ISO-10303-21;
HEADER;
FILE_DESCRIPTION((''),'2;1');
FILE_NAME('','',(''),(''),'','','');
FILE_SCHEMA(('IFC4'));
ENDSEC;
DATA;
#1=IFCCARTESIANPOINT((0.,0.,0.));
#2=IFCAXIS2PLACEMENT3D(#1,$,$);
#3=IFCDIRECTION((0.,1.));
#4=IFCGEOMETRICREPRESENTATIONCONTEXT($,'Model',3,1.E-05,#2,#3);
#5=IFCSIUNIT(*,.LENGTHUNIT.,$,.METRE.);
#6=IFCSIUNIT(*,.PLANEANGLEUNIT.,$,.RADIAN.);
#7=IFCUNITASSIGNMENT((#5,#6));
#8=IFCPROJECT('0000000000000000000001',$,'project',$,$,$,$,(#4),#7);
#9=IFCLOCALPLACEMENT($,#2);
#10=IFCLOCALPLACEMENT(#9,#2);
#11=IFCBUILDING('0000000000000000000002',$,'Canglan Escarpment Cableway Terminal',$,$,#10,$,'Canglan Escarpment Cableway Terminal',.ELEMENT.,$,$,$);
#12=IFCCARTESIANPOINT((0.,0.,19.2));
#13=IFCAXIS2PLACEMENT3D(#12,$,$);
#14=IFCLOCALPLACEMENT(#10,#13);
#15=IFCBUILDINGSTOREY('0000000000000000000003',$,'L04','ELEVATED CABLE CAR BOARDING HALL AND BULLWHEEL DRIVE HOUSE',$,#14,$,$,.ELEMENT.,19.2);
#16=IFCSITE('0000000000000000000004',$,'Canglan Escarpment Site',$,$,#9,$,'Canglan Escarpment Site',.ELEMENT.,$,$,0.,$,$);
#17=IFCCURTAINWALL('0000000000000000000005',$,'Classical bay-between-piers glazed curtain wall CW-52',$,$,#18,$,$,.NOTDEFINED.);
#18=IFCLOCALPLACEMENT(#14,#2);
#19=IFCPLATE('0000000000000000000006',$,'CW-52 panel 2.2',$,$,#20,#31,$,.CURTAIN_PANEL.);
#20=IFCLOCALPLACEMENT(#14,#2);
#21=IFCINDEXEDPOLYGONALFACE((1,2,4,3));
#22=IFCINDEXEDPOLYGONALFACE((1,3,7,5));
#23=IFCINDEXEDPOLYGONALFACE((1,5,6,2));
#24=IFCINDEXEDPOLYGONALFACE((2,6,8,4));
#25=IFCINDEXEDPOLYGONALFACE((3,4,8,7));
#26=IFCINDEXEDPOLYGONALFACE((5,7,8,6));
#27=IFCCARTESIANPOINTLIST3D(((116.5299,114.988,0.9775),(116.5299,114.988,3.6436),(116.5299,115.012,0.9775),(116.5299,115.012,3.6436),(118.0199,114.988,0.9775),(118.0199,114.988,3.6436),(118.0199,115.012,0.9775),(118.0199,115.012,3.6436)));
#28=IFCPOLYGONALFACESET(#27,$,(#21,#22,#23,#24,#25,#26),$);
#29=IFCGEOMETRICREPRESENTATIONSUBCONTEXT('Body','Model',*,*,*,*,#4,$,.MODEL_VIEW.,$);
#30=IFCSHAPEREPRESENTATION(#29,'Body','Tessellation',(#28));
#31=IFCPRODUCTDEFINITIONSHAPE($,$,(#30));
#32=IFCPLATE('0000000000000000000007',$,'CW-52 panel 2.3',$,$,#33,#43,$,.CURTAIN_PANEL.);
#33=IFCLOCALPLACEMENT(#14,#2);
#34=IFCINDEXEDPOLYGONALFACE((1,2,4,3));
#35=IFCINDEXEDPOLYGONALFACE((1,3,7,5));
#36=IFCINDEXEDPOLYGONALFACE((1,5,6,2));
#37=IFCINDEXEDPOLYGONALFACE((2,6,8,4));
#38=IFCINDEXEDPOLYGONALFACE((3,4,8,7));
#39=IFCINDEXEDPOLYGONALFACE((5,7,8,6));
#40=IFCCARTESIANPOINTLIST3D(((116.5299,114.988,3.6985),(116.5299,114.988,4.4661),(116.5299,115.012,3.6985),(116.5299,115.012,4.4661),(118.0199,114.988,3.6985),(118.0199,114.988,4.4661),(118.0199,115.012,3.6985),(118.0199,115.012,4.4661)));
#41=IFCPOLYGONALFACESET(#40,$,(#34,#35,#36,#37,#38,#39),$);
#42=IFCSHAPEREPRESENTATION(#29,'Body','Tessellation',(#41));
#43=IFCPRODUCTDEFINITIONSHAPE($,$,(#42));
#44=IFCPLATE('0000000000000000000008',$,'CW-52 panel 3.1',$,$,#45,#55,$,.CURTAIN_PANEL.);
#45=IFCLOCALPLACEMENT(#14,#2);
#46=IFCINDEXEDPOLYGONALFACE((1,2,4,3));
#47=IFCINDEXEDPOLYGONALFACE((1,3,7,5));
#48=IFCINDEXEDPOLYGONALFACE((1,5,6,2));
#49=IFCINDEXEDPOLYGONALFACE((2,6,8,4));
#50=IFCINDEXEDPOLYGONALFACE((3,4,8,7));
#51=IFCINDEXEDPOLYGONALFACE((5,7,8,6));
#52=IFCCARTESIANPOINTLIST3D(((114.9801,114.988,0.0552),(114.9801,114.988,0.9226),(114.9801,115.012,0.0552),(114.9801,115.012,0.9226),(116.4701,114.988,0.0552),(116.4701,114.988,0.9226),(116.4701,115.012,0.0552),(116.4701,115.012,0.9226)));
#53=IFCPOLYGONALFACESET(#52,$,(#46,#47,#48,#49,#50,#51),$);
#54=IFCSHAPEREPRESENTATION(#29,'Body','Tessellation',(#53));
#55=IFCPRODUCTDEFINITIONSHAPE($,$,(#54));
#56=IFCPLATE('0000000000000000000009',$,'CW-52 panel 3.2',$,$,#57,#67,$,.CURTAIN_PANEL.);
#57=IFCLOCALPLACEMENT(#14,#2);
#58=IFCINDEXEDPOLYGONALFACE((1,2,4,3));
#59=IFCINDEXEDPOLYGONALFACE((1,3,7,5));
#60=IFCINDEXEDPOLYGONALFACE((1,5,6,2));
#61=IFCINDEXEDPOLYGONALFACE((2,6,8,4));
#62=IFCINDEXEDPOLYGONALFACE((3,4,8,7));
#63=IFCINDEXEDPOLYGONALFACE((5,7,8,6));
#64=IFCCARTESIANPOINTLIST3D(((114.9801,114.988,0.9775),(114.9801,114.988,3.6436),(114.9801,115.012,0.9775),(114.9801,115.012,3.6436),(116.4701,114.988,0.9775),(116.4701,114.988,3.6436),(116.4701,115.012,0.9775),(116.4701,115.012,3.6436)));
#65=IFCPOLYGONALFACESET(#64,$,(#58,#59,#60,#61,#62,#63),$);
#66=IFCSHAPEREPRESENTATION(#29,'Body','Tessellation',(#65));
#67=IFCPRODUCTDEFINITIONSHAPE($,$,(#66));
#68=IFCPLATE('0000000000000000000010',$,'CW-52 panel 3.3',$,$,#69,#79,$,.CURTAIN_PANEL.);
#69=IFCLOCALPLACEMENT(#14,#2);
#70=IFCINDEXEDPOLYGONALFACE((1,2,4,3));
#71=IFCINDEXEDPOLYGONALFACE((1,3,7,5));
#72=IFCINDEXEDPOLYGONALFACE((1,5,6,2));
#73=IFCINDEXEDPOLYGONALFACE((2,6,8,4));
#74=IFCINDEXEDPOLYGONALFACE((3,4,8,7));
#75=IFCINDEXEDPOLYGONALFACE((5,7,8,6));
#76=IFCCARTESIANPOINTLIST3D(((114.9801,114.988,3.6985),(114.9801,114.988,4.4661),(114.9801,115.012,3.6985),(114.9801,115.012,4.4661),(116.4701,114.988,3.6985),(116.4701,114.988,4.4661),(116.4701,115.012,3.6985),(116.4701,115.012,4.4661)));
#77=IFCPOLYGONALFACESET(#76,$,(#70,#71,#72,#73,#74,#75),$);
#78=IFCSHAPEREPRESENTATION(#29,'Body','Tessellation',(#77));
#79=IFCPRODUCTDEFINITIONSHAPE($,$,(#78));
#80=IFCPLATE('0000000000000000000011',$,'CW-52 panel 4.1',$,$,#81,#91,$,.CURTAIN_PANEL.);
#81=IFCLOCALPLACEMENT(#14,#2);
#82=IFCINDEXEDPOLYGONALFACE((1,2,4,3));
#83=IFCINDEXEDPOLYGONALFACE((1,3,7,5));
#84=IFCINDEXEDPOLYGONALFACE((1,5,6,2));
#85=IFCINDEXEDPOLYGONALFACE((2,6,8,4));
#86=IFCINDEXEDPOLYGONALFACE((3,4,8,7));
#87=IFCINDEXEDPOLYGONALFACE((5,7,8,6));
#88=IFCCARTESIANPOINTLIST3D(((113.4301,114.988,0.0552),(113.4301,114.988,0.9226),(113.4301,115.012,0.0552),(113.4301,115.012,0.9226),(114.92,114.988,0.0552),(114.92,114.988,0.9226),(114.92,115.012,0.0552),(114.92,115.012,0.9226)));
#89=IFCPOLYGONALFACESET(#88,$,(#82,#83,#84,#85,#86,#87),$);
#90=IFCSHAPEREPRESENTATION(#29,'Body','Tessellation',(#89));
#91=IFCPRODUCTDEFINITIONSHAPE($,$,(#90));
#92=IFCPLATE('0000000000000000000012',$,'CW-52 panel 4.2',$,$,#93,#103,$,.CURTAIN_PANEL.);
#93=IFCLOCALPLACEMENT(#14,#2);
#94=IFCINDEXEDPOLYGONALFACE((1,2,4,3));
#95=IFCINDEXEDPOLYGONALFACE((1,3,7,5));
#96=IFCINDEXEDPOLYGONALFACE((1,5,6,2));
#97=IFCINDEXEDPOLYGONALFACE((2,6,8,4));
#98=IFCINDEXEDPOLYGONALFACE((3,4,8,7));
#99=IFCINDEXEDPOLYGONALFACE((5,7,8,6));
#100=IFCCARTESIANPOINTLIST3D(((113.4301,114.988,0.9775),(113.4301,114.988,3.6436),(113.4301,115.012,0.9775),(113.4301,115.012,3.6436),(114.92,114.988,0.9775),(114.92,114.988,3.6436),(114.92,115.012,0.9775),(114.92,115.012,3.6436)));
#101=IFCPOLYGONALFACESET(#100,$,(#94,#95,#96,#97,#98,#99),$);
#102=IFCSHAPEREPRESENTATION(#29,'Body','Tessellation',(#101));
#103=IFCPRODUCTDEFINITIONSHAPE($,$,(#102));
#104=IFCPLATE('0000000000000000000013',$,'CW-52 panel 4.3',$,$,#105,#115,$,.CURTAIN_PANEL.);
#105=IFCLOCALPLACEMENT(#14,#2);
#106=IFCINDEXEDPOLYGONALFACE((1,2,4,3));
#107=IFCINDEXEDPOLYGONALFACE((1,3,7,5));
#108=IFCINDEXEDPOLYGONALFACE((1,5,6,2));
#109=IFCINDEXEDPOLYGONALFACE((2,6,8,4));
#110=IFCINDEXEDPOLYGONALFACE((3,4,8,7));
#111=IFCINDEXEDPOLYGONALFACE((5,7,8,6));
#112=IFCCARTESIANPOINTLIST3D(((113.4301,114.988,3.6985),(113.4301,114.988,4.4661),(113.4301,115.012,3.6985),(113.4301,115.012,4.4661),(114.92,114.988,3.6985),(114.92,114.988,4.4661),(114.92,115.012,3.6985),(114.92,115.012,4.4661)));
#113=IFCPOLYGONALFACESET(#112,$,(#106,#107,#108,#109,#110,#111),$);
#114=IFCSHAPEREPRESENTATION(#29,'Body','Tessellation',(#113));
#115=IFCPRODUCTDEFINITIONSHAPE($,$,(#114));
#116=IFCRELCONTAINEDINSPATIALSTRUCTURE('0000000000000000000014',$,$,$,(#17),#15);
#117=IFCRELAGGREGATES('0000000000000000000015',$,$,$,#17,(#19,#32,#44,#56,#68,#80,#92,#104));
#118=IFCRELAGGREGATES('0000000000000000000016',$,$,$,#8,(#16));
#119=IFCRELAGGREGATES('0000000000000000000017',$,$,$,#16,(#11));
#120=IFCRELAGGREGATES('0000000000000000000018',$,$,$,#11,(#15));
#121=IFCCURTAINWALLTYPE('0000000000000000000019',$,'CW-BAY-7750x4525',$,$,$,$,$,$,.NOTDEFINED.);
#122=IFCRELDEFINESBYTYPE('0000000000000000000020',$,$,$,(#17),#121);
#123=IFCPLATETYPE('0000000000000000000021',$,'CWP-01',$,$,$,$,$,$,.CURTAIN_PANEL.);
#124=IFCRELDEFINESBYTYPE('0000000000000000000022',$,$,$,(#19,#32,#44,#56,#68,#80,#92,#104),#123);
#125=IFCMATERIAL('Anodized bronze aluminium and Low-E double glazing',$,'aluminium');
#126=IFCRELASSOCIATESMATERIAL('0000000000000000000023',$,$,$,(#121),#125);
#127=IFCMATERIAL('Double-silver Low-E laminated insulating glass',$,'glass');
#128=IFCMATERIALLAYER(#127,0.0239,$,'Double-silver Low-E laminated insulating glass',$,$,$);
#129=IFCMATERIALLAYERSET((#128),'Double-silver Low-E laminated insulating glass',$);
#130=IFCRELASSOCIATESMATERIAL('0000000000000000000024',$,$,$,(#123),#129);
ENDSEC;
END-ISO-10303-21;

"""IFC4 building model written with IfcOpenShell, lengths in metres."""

from ifc_helpers import new_model, si_unit, direction, frame, origin, origin_2d, place, context, subcontext, project, spatial, rectangle, extrude, material, layer, layer_set, type_object, element, aggregate, save


model = new_model("IFC4")

# Units and contexts
model_context = context("Model", 3, precision=1e-05, world=origin(), true_north=direction((0.0, 1.0)))
body_context = subcontext(model_context, "Body", "Model", "MODEL_VIEW")
ifc_project = project(units=[si_unit("LENGTHUNIT", "METRE"), si_unit("PLANEANGLEUNIT", "RADIAN")], contexts=[model_context])

# Site, building, storey
site_placement = place(None, origin())
site = spatial("IfcSite", under=ifc_project, at=site_placement, Name="Canglan Escarpment Site", LongName="Canglan Escarpment Site", CompositionType="ELEMENT", RefElevation=0.0)
building_placement = place(site_placement, origin())
building = spatial("IfcBuilding", under=site, at=building_placement, Name="Canglan Escarpment Cableway Terminal", LongName="Canglan Escarpment Cableway Terminal", CompositionType="ELEMENT")
storey_placement = place(building_placement, frame((0.0, 0.0, 19.2)))
storey = spatial("IfcBuildingStorey", under=building, at=storey_placement, Name="L04", Description="ELEVATED CABLE CAR BOARDING HALL AND BULLWHEEL DRIVE HOUSE", CompositionType="ELEMENT", Elevation=19.2)

# Curtain wall, plates
ifc_material_1 = material(Name="Anodized bronze aluminium and Low-E double glazing", Category="aluminium")
curtain_wall_type = type_object("IfcCurtainWallType", Name="CW-BAY-7750x4525", PredefinedType="NOTDEFINED", material=ifc_material_1)
curtain_wall_placement = place(storey_placement, origin())
curtain_wall = element("IfcCurtainWall", 1, at=curtain_wall_placement, inside=storey, type_object=curtain_wall_type, Name="Classical bay-between-piers glazed curtain wall CW-52", PredefinedType="NOTDEFINED")
ifc_material_2 = material(Name="Double-silver Low-E laminated insulating glass", Category="glass")
ifc_layer = layer(ifc_material_2, 0.0239, Name="Double-silver Low-E laminated insulating glass")
ifc_layer_set = layer_set([ifc_layer], Name="Double-silver Low-E laminated insulating glass")
plate_type = type_object("IfcPlateType", Name="CWP-01", PredefinedType="CURTAIN_PANEL", material=ifc_layer_set)
plate_1_placement = place(storey_placement, frame((117.2749, 115.0, 0.9775), z_axis=(0.0, 0.0, 1.0), x_axis=(-1.0, 0.0, 0.0)))
plate_1 = element("IfcPlate", 2, at=plate_1_placement, type_object=plate_type, Name="CW-52 panel 2.2", PredefinedType="CURTAIN_PANEL", context=body_context, shape_type="SweptSolid", body=[
    extrude(rectangle(XDim=1.49, YDim=0.0239, at=origin_2d()), origin(), (0.0, 0.0, 1.0), 2.666),
])
plate_2_placement = place(storey_placement, frame((117.2749, 115.0, 3.6985), z_axis=(0.0, 0.0, 1.0), x_axis=(-1.0, 0.0, 0.0)))
plate_2 = element("IfcPlate", 3, at=plate_2_placement, type_object=plate_type, Name="CW-52 panel 2.3", PredefinedType="CURTAIN_PANEL", context=body_context, shape_type="SweptSolid", body=[
    extrude(rectangle(XDim=1.49, YDim=0.0239, at=origin_2d()), origin(), (0.0, 0.0, 1.0), 0.7676),
])
plate_3_placement = place(storey_placement, frame((115.7251, 115.0, 0.0552), z_axis=(0.0, 0.0, 1.0), x_axis=(-1.0, 0.0, 0.0)))
plate_3 = element("IfcPlate", 4, at=plate_3_placement, type_object=plate_type, Name="CW-52 panel 3.1", PredefinedType="CURTAIN_PANEL", context=body_context, shape_type="SweptSolid", body=[
    extrude(rectangle(XDim=1.49, YDim=0.0239, at=origin_2d()), origin(), (0.0, 0.0, 1.0), 0.8674),
])
plate_4_placement = place(storey_placement, frame((115.7251, 115.0, 0.9775), z_axis=(0.0, 0.0, 1.0), x_axis=(-1.0, 0.0, 0.0)))
plate_4 = element("IfcPlate", 5, at=plate_4_placement, type_object=plate_type, Name="CW-52 panel 3.2", PredefinedType="CURTAIN_PANEL", context=body_context, shape_type="SweptSolid", body=[
    extrude(rectangle(XDim=1.49, YDim=0.0239, at=origin_2d()), origin(), (0.0, 0.0, 1.0), 2.666),
])
plate_5_placement = place(storey_placement, frame((115.7251, 115.0, 3.6985), z_axis=(0.0, 0.0, 1.0), x_axis=(-1.0, 0.0, 0.0)))
plate_5 = element("IfcPlate", 6, at=plate_5_placement, type_object=plate_type, Name="CW-52 panel 3.3", PredefinedType="CURTAIN_PANEL", context=body_context, shape_type="SweptSolid", body=[
    extrude(rectangle(XDim=1.49, YDim=0.0239, at=origin_2d()), origin(), (0.0, 0.0, 1.0), 0.7676),
])
plate_6_placement = place(storey_placement, frame((114.175, 115.0, 0.0552), z_axis=(0.0, 0.0, 1.0), x_axis=(-1.0, 0.0, 0.0)))
plate_6 = element("IfcPlate", 7, at=plate_6_placement, type_object=plate_type, Name="CW-52 panel 4.1", PredefinedType="CURTAIN_PANEL", context=body_context, shape_type="SweptSolid", body=[
    extrude(rectangle(XDim=1.49, YDim=0.0239, at=origin_2d()), origin(), (0.0, 0.0, 1.0), 0.8674),
])
plate_7_placement = place(storey_placement, frame((114.175, 115.0, 0.9775), z_axis=(0.0, 0.0, 1.0), x_axis=(-1.0, 0.0, 0.0)))
plate_7 = element("IfcPlate", 8, at=plate_7_placement, type_object=plate_type, Name="CW-52 panel 4.2", PredefinedType="CURTAIN_PANEL", context=body_context, shape_type="SweptSolid", body=[
    extrude(rectangle(XDim=1.49, YDim=0.0239, at=origin_2d()), origin(), (0.0, 0.0, 1.0), 2.666),
])
plate_8_placement = place(storey_placement, frame((114.175, 115.0, 3.6985), z_axis=(0.0, 0.0, 1.0), x_axis=(-1.0, 0.0, 0.0)))
plate_8 = element("IfcPlate", 9, at=plate_8_placement, type_object=plate_type, Name="CW-52 panel 4.3", PredefinedType="CURTAIN_PANEL", context=body_context, shape_type="SweptSolid", body=[
    extrude(rectangle(XDim=1.49, YDim=0.0239, at=origin_2d()), origin(), (0.0, 0.0, 1.0), 0.7676),
])
aggregate(curtain_wall, [plate_1, plate_2, plate_3, plate_4, plate_5, plate_6, plate_7, plate_8])

save(model, "model.ifc")
